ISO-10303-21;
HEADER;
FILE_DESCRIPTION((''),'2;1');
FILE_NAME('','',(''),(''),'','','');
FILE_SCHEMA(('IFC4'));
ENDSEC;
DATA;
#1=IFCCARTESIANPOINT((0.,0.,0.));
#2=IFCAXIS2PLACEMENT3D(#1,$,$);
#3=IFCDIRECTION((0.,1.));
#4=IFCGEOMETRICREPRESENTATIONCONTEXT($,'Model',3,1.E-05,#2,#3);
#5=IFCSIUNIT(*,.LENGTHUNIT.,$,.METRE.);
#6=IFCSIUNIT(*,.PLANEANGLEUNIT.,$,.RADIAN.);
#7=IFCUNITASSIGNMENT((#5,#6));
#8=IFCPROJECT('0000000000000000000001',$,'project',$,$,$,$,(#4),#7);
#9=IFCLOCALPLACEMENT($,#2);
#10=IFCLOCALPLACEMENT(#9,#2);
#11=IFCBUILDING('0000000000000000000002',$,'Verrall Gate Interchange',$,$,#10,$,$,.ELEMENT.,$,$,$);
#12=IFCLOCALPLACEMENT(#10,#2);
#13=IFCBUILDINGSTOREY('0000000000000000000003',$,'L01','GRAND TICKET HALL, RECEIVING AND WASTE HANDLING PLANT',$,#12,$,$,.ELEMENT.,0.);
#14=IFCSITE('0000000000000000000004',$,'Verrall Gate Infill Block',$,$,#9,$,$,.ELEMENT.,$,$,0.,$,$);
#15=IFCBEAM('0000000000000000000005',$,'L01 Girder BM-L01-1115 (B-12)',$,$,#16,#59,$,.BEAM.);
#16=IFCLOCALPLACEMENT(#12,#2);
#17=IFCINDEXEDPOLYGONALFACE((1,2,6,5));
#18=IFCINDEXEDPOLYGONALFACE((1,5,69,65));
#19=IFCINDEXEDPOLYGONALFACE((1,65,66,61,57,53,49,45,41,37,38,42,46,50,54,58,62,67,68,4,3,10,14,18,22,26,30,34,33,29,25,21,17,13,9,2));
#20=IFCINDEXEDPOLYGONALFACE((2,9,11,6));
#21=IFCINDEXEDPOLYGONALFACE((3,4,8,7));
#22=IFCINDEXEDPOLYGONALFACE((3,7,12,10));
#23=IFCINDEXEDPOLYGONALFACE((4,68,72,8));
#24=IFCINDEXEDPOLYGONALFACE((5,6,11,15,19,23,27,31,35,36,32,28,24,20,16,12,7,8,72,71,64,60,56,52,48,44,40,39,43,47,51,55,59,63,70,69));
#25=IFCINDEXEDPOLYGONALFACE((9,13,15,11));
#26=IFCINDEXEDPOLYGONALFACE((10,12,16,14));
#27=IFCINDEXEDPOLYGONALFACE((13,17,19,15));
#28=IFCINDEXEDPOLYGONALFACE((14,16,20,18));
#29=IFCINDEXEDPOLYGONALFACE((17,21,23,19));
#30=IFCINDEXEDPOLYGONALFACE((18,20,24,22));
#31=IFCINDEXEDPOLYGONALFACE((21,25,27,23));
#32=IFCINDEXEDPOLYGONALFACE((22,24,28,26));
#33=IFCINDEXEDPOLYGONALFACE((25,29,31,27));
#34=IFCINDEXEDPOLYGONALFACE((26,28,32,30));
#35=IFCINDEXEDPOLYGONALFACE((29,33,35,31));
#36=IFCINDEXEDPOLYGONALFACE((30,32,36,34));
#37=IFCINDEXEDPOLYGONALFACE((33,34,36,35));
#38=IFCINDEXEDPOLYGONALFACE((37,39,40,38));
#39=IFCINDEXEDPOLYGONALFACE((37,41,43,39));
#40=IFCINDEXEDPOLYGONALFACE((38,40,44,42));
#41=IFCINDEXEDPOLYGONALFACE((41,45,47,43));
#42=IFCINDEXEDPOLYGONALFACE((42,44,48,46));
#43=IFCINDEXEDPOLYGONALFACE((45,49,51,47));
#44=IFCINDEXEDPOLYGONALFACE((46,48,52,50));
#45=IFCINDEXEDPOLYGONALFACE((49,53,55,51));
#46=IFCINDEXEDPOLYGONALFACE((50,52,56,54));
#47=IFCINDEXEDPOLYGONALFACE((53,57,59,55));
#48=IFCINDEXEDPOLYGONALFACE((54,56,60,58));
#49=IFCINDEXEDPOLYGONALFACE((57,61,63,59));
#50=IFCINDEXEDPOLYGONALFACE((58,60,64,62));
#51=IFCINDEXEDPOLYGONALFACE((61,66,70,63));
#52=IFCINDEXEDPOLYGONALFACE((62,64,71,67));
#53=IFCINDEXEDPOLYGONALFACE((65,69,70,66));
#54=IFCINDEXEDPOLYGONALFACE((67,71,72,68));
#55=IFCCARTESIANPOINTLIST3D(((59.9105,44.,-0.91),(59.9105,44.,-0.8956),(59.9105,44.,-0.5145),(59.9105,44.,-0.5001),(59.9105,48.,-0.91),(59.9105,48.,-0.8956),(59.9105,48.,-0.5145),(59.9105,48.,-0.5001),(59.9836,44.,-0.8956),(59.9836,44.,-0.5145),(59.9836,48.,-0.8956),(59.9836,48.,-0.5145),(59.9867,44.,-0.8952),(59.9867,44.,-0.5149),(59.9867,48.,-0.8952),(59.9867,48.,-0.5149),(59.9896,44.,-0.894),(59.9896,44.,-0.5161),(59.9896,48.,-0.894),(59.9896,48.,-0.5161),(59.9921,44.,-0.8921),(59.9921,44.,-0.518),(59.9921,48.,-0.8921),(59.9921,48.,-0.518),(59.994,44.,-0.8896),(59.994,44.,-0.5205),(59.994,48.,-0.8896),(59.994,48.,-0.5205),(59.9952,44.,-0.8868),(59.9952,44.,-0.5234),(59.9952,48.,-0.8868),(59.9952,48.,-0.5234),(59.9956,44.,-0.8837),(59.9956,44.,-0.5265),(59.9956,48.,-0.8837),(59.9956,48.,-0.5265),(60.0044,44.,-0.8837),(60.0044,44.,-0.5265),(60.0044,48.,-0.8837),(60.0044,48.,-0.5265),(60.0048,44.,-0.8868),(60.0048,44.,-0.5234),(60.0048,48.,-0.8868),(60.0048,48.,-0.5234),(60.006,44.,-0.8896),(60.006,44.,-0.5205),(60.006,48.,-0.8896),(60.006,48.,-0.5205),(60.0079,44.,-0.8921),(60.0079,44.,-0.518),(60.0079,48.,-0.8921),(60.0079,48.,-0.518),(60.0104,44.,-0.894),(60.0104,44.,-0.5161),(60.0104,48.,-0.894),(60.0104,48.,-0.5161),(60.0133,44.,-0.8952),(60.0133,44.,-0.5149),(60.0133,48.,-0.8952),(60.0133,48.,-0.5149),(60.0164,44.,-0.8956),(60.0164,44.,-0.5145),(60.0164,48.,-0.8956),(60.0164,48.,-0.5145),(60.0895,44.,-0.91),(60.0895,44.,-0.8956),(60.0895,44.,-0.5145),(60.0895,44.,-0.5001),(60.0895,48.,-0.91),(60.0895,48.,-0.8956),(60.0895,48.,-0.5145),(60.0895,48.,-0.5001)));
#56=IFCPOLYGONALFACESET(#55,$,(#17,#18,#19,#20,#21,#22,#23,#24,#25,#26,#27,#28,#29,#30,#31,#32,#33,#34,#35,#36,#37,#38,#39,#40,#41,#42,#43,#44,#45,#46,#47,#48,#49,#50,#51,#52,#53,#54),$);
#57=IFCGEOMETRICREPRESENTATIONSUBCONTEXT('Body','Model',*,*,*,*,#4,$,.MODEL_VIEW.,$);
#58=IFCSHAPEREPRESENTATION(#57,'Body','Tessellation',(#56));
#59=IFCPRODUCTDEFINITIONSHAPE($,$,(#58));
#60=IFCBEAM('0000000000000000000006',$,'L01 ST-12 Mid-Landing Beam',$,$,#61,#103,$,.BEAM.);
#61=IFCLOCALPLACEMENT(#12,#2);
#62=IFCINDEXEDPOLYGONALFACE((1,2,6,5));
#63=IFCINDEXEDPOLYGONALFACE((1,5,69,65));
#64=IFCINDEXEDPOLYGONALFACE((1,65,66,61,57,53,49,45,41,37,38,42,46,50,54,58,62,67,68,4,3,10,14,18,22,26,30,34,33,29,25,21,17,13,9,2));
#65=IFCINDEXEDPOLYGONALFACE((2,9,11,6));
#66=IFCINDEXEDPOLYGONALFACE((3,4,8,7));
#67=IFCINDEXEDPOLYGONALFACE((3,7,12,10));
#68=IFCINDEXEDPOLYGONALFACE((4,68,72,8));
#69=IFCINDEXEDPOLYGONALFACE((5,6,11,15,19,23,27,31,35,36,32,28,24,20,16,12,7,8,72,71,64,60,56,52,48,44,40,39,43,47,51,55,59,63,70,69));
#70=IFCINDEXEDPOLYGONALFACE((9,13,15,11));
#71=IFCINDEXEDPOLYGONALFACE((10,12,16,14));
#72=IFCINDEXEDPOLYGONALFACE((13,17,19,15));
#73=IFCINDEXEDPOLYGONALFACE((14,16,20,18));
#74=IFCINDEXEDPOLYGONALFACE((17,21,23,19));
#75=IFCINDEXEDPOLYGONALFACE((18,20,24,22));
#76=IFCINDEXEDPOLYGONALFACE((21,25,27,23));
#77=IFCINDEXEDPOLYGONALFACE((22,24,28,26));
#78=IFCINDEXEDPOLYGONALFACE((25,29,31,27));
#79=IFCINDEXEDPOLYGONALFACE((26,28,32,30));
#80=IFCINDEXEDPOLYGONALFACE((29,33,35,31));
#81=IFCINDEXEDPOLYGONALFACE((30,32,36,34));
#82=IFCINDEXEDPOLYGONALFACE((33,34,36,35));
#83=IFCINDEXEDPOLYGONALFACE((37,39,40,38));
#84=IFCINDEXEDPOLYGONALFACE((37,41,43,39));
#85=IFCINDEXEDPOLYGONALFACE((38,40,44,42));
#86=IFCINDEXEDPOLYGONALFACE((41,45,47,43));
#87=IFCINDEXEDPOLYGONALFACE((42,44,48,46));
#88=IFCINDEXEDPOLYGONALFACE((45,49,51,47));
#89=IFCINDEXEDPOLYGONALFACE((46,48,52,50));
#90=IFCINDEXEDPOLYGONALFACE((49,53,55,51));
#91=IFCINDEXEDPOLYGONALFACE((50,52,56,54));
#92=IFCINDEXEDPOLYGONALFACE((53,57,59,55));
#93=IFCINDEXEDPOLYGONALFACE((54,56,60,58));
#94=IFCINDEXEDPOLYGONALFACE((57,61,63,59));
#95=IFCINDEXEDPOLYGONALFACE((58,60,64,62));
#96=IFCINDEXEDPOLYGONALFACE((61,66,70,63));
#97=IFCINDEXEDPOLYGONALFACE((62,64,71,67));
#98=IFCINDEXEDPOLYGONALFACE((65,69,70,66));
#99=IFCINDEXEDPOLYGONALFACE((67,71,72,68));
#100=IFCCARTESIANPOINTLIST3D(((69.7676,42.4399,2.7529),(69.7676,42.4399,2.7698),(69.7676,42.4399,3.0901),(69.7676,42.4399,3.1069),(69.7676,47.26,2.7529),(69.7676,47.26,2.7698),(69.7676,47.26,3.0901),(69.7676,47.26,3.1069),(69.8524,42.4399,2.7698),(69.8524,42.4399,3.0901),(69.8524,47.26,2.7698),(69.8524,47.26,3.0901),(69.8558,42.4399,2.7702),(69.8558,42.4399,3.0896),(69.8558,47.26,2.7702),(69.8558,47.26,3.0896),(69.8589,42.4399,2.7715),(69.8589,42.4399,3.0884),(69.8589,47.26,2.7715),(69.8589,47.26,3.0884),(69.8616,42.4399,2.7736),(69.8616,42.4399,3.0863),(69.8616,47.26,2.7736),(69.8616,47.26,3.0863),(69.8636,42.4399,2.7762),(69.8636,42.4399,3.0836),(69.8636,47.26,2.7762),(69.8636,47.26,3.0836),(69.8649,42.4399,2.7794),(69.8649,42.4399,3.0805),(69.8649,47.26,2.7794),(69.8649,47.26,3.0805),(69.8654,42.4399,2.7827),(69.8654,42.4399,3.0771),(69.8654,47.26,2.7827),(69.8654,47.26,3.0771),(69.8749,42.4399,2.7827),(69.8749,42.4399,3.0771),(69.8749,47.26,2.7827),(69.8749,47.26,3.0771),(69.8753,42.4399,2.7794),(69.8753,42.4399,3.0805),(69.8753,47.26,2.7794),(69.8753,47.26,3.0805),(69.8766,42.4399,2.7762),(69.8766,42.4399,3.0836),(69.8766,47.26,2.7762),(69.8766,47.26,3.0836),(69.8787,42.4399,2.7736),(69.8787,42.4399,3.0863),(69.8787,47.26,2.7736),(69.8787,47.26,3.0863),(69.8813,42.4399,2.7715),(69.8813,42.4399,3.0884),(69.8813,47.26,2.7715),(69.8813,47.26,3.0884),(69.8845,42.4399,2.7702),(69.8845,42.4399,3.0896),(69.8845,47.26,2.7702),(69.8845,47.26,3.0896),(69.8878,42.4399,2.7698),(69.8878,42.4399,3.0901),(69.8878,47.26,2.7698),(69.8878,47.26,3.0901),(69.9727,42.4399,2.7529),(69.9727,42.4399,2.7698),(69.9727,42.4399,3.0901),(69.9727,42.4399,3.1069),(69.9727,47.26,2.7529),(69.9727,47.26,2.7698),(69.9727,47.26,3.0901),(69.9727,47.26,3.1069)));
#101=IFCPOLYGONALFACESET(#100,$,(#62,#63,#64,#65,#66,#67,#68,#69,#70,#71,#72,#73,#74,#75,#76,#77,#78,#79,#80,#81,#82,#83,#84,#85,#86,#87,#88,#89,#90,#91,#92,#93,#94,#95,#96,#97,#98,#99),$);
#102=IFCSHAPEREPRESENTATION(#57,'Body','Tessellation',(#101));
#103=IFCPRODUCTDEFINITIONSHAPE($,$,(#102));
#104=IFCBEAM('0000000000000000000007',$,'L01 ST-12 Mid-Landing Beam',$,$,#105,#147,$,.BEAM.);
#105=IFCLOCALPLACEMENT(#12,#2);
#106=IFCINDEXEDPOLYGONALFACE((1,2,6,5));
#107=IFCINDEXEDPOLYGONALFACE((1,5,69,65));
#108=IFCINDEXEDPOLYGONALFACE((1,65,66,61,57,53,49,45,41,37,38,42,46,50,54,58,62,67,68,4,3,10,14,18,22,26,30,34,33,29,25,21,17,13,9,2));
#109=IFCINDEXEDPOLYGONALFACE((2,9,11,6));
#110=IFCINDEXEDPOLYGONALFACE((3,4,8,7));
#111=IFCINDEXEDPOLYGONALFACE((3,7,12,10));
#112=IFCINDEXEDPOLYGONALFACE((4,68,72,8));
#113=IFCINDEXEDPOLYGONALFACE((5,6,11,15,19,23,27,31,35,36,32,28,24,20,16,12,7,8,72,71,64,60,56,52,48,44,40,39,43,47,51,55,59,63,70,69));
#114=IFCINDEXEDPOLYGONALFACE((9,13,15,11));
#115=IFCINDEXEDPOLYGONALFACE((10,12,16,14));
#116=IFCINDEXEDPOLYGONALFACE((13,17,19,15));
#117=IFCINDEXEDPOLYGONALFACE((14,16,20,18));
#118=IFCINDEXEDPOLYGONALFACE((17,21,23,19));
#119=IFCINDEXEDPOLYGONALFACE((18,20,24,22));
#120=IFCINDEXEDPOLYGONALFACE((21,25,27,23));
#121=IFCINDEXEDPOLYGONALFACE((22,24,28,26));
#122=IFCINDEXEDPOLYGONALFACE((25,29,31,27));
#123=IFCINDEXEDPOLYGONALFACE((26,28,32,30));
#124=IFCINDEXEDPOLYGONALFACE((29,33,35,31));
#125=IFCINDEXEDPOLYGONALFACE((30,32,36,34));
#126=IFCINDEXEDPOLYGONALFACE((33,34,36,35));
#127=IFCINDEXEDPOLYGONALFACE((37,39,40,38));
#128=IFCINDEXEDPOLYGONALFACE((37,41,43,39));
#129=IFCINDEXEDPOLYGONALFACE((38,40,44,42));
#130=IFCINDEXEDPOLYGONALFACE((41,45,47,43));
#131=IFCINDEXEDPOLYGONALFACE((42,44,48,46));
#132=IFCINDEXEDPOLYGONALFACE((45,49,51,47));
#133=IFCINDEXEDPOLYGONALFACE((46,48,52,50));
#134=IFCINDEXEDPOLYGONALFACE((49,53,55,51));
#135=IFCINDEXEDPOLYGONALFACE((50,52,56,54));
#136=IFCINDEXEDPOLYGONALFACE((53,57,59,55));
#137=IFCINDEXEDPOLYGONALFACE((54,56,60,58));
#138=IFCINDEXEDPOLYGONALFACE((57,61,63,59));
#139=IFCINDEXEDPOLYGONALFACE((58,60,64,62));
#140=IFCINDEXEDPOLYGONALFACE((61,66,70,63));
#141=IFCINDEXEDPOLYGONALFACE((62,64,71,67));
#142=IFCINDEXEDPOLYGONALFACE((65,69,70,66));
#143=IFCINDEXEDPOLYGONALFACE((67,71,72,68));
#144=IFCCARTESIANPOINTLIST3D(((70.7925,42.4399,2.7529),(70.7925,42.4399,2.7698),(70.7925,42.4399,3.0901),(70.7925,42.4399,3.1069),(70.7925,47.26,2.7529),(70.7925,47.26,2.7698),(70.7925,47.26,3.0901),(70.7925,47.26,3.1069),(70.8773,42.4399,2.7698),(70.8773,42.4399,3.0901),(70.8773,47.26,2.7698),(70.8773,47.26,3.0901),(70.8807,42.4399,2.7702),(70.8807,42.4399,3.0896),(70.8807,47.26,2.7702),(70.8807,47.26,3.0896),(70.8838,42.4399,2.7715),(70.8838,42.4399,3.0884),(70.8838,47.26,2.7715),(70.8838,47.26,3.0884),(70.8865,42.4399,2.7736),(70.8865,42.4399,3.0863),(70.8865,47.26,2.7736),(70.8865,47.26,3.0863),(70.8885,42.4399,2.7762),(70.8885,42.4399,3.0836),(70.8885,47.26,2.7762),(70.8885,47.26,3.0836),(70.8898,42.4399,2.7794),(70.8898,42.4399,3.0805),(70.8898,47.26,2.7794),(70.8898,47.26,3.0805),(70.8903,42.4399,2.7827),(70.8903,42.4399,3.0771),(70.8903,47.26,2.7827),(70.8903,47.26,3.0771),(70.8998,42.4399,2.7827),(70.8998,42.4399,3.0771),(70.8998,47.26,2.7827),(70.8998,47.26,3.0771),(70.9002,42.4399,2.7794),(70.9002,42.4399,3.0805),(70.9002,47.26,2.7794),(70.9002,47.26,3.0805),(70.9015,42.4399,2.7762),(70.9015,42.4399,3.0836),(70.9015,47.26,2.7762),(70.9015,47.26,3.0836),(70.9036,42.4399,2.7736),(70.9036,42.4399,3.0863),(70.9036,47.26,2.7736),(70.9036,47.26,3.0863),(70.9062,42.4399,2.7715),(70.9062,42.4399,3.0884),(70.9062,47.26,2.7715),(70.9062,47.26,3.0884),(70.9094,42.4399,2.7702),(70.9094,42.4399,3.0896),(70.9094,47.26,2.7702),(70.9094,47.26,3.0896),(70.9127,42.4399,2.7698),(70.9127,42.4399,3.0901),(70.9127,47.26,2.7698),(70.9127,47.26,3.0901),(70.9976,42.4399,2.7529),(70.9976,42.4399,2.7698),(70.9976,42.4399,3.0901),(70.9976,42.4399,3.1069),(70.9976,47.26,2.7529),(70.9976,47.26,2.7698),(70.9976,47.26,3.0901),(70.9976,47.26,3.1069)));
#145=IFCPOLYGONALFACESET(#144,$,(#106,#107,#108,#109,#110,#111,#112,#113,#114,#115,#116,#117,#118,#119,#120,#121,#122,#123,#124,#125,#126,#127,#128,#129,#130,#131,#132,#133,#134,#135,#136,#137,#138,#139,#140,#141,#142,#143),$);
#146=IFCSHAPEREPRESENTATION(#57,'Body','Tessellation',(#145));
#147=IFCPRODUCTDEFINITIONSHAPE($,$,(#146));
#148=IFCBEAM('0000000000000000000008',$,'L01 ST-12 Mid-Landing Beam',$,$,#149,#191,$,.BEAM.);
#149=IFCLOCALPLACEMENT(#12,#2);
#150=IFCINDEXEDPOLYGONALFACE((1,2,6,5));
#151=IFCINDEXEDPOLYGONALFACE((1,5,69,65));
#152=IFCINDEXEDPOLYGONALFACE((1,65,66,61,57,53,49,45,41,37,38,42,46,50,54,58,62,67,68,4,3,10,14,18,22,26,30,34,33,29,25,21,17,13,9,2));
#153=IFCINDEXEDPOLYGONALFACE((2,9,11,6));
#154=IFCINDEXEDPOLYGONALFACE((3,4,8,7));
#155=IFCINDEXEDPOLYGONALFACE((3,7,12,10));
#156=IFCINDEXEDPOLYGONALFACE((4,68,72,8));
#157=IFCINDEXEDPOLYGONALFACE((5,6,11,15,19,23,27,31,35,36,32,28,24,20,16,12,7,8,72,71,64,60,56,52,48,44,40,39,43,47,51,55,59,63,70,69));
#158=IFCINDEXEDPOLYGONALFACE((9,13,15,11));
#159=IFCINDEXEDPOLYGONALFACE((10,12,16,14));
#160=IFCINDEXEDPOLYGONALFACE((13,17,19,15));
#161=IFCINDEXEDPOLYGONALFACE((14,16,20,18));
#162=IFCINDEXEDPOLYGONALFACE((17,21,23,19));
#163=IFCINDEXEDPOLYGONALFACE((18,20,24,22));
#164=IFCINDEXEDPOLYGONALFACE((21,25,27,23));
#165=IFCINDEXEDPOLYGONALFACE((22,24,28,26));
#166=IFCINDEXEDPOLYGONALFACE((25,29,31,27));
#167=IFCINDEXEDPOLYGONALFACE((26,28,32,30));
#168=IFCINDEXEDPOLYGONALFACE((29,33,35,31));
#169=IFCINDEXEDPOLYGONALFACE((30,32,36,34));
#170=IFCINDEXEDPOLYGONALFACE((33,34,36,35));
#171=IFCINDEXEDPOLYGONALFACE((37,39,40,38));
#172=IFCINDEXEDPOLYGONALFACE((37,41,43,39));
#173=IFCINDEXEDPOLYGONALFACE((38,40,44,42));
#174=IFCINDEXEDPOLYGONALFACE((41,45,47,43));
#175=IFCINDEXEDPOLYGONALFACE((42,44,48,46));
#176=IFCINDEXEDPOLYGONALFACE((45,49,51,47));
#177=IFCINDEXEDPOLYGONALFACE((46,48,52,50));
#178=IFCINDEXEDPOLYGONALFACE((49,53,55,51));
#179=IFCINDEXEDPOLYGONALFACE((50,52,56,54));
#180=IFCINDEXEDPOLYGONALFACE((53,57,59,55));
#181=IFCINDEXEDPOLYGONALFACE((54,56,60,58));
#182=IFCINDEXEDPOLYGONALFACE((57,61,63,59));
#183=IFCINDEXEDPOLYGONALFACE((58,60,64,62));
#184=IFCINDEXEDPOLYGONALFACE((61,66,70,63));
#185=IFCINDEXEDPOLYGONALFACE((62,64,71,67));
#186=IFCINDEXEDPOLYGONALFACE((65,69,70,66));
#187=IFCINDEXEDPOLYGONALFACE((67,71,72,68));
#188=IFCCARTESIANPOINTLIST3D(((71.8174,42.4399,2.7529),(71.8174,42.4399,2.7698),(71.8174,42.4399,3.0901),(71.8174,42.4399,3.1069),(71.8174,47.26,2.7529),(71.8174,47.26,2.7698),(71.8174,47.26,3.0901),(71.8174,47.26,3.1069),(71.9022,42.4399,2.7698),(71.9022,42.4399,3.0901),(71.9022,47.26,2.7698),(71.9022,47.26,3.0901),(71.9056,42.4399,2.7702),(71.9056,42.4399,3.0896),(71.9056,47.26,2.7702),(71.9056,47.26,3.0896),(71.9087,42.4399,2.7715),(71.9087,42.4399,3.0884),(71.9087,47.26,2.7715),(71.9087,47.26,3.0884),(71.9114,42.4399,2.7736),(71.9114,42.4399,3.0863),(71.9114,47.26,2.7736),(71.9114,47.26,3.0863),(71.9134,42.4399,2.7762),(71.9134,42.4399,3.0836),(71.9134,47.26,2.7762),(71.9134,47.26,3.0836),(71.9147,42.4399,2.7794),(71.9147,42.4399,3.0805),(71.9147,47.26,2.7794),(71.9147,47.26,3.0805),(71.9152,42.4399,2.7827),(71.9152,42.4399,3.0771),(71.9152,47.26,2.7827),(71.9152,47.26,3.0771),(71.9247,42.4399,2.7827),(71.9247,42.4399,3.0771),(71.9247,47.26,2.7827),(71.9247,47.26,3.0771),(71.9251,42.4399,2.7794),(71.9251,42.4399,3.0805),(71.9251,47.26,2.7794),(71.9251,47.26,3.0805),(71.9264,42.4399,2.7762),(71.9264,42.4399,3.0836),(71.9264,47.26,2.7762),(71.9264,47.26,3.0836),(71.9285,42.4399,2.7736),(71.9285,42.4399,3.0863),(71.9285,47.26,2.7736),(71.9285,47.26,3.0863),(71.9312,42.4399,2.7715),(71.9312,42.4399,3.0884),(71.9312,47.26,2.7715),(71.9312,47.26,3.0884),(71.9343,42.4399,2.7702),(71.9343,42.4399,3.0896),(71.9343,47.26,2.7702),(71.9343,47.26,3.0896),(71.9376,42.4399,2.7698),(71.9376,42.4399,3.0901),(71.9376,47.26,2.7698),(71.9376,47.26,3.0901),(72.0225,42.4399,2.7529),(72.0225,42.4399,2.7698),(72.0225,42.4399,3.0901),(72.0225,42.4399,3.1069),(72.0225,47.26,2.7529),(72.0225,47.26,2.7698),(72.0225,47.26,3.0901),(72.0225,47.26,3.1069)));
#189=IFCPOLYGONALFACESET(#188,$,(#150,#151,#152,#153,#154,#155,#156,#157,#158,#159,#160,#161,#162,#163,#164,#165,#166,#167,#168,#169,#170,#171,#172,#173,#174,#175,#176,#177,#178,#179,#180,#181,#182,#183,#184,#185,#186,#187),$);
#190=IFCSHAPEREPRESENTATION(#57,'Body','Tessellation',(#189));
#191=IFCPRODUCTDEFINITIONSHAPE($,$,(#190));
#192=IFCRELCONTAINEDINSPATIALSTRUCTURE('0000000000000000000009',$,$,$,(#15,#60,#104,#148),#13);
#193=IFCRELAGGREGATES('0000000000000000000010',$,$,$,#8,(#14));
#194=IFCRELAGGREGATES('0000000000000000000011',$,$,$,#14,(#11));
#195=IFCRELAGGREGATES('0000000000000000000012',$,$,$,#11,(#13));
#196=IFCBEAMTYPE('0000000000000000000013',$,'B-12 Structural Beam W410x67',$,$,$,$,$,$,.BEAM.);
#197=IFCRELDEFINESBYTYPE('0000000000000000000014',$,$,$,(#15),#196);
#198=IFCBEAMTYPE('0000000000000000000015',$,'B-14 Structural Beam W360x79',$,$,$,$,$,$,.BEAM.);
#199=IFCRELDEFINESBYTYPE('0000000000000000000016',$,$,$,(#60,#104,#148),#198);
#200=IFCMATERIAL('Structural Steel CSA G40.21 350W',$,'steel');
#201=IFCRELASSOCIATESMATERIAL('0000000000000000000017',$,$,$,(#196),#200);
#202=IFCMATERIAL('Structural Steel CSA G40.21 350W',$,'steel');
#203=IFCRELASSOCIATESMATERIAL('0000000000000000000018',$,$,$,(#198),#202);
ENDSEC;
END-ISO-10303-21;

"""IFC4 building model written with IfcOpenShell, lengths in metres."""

from ifc_helpers import new_model, si_unit, direction, frame, origin, origin_2d, place, context, subcontext, project, spatial, i_section, extrude, material, material_profile, profile_set, type_object, element, save


model = new_model("IFC4")

# Units and contexts
model_context = context("Model", 3, precision=1e-05, world=origin(), true_north=direction((0.0, 1.0)))
body_context = subcontext(model_context, "Body", "Model", "MODEL_VIEW")
ifc_project = project(units=[si_unit("LENGTHUNIT", "METRE"), si_unit("PLANEANGLEUNIT", "RADIAN")], contexts=[model_context])

# Site, building, storey
site_placement = place(None, origin())
site = spatial("IfcSite", under=ifc_project, at=site_placement, Name="Verrall Gate Infill Block", CompositionType="ELEMENT", RefElevation=0.0)
building_placement = place(site_placement, origin())
building = spatial("IfcBuilding", under=site, at=building_placement, Name="Verrall Gate Interchange", CompositionType="ELEMENT")
storey_placement = place(building_placement, origin())
storey = spatial("IfcBuildingStorey", under=building, at=storey_placement, Name="L01", Description="GRAND TICKET HALL, RECEIVING AND WASTE HANDLING PLANT", CompositionType="ELEMENT", Elevation=0.0)

# Beams
ifc_material_1 = material(Name="Structural Steel CSA G40.21 350W", Category="steel")
ifc_material_profile_1 = material_profile(ifc_material_1, i_section(OverallWidth=0.179, OverallDepth=0.4099, WebThickness=0.0088, FlangeThickness=0.0144, FilletRadius=0.012, at=origin_2d()), Name="W410x67")
ifc_profile_set_1 = profile_set([ifc_material_profile_1], Name="Structural Steel CSA G40.21 350W")
beam_type_1 = type_object("IfcBeamType", Name="B-12 Structural Beam W410x67", PredefinedType="BEAM", material=ifc_profile_set_1)
for number, where, z_axis, x_axis, name in (
    (1, (60.0, 44.0, -0.7051), (0.0, 1.0, 0.0), (-1.0, 0.0, 0.0), "L01 Girder BM-L01-1115 (B-12)"),
):
    element("IfcBeam", number, at=place(storey_placement, frame(where, z_axis=z_axis, x_axis=x_axis)), inside=storey, type_object=beam_type_1, Name=name, PredefinedType="BEAM", context=body_context, shape_type="SweptSolid", body=[
        extrude(i_section(OverallWidth=0.179, OverallDepth=0.4099, WebThickness=0.0088, FlangeThickness=0.0144, FilletRadius=0.012, at=origin_2d()), origin(), (0.0, 0.0, 1.0), 4.0),
    ])
ifc_material_2 = material(Name="Structural Steel CSA G40.21 350W", Category="steel")
ifc_material_profile_2 = material_profile(ifc_material_2, i_section(OverallWidth=0.2051, OverallDepth=0.354, WebThickness=0.0095, FlangeThickness=0.0168, FilletRadius=0.0129, at=origin_2d()), Name="W360x79")
ifc_profile_set_2 = profile_set([ifc_material_profile_2], Name="Structural Steel CSA G40.21 350W")
beam_type_2 = type_object("IfcBeamType", Name="B-14 Structural Beam W360x79", PredefinedType="BEAM", material=ifc_profile_set_2)
for number, where, z_axis, x_axis, name in (
    (2, (69.8701, 42.4399, 2.9299), (0.0, 1.0, 0.0), (-1.0, 0.0, 0.0), "L01 ST-12 Mid-Landing Beam"),
    (3, (70.895, 42.4399, 2.9299), (0.0, 1.0, 0.0), (-1.0, 0.0, 0.0), "L01 ST-12 Mid-Landing Beam"),
    (4, (71.9199, 42.4399, 2.9299), (0.0, 1.0, 0.0), (-1.0, 0.0, 0.0), "L01 ST-12 Mid-Landing Beam"),
):
    element("IfcBeam", number, at=place(storey_placement, frame(where, z_axis=z_axis, x_axis=x_axis)), inside=storey, type_object=beam_type_2, Name=name, PredefinedType="BEAM", context=body_context, shape_type="SweptSolid", body=[
        extrude(i_section(OverallWidth=0.2051, OverallDepth=0.354, WebThickness=0.0095, FlangeThickness=0.0168, FilletRadius=0.0129, at=origin_2d()), origin(), (0.0, 0.0, 1.0), 4.8201),
    ])

save(model, "model.ifc")
